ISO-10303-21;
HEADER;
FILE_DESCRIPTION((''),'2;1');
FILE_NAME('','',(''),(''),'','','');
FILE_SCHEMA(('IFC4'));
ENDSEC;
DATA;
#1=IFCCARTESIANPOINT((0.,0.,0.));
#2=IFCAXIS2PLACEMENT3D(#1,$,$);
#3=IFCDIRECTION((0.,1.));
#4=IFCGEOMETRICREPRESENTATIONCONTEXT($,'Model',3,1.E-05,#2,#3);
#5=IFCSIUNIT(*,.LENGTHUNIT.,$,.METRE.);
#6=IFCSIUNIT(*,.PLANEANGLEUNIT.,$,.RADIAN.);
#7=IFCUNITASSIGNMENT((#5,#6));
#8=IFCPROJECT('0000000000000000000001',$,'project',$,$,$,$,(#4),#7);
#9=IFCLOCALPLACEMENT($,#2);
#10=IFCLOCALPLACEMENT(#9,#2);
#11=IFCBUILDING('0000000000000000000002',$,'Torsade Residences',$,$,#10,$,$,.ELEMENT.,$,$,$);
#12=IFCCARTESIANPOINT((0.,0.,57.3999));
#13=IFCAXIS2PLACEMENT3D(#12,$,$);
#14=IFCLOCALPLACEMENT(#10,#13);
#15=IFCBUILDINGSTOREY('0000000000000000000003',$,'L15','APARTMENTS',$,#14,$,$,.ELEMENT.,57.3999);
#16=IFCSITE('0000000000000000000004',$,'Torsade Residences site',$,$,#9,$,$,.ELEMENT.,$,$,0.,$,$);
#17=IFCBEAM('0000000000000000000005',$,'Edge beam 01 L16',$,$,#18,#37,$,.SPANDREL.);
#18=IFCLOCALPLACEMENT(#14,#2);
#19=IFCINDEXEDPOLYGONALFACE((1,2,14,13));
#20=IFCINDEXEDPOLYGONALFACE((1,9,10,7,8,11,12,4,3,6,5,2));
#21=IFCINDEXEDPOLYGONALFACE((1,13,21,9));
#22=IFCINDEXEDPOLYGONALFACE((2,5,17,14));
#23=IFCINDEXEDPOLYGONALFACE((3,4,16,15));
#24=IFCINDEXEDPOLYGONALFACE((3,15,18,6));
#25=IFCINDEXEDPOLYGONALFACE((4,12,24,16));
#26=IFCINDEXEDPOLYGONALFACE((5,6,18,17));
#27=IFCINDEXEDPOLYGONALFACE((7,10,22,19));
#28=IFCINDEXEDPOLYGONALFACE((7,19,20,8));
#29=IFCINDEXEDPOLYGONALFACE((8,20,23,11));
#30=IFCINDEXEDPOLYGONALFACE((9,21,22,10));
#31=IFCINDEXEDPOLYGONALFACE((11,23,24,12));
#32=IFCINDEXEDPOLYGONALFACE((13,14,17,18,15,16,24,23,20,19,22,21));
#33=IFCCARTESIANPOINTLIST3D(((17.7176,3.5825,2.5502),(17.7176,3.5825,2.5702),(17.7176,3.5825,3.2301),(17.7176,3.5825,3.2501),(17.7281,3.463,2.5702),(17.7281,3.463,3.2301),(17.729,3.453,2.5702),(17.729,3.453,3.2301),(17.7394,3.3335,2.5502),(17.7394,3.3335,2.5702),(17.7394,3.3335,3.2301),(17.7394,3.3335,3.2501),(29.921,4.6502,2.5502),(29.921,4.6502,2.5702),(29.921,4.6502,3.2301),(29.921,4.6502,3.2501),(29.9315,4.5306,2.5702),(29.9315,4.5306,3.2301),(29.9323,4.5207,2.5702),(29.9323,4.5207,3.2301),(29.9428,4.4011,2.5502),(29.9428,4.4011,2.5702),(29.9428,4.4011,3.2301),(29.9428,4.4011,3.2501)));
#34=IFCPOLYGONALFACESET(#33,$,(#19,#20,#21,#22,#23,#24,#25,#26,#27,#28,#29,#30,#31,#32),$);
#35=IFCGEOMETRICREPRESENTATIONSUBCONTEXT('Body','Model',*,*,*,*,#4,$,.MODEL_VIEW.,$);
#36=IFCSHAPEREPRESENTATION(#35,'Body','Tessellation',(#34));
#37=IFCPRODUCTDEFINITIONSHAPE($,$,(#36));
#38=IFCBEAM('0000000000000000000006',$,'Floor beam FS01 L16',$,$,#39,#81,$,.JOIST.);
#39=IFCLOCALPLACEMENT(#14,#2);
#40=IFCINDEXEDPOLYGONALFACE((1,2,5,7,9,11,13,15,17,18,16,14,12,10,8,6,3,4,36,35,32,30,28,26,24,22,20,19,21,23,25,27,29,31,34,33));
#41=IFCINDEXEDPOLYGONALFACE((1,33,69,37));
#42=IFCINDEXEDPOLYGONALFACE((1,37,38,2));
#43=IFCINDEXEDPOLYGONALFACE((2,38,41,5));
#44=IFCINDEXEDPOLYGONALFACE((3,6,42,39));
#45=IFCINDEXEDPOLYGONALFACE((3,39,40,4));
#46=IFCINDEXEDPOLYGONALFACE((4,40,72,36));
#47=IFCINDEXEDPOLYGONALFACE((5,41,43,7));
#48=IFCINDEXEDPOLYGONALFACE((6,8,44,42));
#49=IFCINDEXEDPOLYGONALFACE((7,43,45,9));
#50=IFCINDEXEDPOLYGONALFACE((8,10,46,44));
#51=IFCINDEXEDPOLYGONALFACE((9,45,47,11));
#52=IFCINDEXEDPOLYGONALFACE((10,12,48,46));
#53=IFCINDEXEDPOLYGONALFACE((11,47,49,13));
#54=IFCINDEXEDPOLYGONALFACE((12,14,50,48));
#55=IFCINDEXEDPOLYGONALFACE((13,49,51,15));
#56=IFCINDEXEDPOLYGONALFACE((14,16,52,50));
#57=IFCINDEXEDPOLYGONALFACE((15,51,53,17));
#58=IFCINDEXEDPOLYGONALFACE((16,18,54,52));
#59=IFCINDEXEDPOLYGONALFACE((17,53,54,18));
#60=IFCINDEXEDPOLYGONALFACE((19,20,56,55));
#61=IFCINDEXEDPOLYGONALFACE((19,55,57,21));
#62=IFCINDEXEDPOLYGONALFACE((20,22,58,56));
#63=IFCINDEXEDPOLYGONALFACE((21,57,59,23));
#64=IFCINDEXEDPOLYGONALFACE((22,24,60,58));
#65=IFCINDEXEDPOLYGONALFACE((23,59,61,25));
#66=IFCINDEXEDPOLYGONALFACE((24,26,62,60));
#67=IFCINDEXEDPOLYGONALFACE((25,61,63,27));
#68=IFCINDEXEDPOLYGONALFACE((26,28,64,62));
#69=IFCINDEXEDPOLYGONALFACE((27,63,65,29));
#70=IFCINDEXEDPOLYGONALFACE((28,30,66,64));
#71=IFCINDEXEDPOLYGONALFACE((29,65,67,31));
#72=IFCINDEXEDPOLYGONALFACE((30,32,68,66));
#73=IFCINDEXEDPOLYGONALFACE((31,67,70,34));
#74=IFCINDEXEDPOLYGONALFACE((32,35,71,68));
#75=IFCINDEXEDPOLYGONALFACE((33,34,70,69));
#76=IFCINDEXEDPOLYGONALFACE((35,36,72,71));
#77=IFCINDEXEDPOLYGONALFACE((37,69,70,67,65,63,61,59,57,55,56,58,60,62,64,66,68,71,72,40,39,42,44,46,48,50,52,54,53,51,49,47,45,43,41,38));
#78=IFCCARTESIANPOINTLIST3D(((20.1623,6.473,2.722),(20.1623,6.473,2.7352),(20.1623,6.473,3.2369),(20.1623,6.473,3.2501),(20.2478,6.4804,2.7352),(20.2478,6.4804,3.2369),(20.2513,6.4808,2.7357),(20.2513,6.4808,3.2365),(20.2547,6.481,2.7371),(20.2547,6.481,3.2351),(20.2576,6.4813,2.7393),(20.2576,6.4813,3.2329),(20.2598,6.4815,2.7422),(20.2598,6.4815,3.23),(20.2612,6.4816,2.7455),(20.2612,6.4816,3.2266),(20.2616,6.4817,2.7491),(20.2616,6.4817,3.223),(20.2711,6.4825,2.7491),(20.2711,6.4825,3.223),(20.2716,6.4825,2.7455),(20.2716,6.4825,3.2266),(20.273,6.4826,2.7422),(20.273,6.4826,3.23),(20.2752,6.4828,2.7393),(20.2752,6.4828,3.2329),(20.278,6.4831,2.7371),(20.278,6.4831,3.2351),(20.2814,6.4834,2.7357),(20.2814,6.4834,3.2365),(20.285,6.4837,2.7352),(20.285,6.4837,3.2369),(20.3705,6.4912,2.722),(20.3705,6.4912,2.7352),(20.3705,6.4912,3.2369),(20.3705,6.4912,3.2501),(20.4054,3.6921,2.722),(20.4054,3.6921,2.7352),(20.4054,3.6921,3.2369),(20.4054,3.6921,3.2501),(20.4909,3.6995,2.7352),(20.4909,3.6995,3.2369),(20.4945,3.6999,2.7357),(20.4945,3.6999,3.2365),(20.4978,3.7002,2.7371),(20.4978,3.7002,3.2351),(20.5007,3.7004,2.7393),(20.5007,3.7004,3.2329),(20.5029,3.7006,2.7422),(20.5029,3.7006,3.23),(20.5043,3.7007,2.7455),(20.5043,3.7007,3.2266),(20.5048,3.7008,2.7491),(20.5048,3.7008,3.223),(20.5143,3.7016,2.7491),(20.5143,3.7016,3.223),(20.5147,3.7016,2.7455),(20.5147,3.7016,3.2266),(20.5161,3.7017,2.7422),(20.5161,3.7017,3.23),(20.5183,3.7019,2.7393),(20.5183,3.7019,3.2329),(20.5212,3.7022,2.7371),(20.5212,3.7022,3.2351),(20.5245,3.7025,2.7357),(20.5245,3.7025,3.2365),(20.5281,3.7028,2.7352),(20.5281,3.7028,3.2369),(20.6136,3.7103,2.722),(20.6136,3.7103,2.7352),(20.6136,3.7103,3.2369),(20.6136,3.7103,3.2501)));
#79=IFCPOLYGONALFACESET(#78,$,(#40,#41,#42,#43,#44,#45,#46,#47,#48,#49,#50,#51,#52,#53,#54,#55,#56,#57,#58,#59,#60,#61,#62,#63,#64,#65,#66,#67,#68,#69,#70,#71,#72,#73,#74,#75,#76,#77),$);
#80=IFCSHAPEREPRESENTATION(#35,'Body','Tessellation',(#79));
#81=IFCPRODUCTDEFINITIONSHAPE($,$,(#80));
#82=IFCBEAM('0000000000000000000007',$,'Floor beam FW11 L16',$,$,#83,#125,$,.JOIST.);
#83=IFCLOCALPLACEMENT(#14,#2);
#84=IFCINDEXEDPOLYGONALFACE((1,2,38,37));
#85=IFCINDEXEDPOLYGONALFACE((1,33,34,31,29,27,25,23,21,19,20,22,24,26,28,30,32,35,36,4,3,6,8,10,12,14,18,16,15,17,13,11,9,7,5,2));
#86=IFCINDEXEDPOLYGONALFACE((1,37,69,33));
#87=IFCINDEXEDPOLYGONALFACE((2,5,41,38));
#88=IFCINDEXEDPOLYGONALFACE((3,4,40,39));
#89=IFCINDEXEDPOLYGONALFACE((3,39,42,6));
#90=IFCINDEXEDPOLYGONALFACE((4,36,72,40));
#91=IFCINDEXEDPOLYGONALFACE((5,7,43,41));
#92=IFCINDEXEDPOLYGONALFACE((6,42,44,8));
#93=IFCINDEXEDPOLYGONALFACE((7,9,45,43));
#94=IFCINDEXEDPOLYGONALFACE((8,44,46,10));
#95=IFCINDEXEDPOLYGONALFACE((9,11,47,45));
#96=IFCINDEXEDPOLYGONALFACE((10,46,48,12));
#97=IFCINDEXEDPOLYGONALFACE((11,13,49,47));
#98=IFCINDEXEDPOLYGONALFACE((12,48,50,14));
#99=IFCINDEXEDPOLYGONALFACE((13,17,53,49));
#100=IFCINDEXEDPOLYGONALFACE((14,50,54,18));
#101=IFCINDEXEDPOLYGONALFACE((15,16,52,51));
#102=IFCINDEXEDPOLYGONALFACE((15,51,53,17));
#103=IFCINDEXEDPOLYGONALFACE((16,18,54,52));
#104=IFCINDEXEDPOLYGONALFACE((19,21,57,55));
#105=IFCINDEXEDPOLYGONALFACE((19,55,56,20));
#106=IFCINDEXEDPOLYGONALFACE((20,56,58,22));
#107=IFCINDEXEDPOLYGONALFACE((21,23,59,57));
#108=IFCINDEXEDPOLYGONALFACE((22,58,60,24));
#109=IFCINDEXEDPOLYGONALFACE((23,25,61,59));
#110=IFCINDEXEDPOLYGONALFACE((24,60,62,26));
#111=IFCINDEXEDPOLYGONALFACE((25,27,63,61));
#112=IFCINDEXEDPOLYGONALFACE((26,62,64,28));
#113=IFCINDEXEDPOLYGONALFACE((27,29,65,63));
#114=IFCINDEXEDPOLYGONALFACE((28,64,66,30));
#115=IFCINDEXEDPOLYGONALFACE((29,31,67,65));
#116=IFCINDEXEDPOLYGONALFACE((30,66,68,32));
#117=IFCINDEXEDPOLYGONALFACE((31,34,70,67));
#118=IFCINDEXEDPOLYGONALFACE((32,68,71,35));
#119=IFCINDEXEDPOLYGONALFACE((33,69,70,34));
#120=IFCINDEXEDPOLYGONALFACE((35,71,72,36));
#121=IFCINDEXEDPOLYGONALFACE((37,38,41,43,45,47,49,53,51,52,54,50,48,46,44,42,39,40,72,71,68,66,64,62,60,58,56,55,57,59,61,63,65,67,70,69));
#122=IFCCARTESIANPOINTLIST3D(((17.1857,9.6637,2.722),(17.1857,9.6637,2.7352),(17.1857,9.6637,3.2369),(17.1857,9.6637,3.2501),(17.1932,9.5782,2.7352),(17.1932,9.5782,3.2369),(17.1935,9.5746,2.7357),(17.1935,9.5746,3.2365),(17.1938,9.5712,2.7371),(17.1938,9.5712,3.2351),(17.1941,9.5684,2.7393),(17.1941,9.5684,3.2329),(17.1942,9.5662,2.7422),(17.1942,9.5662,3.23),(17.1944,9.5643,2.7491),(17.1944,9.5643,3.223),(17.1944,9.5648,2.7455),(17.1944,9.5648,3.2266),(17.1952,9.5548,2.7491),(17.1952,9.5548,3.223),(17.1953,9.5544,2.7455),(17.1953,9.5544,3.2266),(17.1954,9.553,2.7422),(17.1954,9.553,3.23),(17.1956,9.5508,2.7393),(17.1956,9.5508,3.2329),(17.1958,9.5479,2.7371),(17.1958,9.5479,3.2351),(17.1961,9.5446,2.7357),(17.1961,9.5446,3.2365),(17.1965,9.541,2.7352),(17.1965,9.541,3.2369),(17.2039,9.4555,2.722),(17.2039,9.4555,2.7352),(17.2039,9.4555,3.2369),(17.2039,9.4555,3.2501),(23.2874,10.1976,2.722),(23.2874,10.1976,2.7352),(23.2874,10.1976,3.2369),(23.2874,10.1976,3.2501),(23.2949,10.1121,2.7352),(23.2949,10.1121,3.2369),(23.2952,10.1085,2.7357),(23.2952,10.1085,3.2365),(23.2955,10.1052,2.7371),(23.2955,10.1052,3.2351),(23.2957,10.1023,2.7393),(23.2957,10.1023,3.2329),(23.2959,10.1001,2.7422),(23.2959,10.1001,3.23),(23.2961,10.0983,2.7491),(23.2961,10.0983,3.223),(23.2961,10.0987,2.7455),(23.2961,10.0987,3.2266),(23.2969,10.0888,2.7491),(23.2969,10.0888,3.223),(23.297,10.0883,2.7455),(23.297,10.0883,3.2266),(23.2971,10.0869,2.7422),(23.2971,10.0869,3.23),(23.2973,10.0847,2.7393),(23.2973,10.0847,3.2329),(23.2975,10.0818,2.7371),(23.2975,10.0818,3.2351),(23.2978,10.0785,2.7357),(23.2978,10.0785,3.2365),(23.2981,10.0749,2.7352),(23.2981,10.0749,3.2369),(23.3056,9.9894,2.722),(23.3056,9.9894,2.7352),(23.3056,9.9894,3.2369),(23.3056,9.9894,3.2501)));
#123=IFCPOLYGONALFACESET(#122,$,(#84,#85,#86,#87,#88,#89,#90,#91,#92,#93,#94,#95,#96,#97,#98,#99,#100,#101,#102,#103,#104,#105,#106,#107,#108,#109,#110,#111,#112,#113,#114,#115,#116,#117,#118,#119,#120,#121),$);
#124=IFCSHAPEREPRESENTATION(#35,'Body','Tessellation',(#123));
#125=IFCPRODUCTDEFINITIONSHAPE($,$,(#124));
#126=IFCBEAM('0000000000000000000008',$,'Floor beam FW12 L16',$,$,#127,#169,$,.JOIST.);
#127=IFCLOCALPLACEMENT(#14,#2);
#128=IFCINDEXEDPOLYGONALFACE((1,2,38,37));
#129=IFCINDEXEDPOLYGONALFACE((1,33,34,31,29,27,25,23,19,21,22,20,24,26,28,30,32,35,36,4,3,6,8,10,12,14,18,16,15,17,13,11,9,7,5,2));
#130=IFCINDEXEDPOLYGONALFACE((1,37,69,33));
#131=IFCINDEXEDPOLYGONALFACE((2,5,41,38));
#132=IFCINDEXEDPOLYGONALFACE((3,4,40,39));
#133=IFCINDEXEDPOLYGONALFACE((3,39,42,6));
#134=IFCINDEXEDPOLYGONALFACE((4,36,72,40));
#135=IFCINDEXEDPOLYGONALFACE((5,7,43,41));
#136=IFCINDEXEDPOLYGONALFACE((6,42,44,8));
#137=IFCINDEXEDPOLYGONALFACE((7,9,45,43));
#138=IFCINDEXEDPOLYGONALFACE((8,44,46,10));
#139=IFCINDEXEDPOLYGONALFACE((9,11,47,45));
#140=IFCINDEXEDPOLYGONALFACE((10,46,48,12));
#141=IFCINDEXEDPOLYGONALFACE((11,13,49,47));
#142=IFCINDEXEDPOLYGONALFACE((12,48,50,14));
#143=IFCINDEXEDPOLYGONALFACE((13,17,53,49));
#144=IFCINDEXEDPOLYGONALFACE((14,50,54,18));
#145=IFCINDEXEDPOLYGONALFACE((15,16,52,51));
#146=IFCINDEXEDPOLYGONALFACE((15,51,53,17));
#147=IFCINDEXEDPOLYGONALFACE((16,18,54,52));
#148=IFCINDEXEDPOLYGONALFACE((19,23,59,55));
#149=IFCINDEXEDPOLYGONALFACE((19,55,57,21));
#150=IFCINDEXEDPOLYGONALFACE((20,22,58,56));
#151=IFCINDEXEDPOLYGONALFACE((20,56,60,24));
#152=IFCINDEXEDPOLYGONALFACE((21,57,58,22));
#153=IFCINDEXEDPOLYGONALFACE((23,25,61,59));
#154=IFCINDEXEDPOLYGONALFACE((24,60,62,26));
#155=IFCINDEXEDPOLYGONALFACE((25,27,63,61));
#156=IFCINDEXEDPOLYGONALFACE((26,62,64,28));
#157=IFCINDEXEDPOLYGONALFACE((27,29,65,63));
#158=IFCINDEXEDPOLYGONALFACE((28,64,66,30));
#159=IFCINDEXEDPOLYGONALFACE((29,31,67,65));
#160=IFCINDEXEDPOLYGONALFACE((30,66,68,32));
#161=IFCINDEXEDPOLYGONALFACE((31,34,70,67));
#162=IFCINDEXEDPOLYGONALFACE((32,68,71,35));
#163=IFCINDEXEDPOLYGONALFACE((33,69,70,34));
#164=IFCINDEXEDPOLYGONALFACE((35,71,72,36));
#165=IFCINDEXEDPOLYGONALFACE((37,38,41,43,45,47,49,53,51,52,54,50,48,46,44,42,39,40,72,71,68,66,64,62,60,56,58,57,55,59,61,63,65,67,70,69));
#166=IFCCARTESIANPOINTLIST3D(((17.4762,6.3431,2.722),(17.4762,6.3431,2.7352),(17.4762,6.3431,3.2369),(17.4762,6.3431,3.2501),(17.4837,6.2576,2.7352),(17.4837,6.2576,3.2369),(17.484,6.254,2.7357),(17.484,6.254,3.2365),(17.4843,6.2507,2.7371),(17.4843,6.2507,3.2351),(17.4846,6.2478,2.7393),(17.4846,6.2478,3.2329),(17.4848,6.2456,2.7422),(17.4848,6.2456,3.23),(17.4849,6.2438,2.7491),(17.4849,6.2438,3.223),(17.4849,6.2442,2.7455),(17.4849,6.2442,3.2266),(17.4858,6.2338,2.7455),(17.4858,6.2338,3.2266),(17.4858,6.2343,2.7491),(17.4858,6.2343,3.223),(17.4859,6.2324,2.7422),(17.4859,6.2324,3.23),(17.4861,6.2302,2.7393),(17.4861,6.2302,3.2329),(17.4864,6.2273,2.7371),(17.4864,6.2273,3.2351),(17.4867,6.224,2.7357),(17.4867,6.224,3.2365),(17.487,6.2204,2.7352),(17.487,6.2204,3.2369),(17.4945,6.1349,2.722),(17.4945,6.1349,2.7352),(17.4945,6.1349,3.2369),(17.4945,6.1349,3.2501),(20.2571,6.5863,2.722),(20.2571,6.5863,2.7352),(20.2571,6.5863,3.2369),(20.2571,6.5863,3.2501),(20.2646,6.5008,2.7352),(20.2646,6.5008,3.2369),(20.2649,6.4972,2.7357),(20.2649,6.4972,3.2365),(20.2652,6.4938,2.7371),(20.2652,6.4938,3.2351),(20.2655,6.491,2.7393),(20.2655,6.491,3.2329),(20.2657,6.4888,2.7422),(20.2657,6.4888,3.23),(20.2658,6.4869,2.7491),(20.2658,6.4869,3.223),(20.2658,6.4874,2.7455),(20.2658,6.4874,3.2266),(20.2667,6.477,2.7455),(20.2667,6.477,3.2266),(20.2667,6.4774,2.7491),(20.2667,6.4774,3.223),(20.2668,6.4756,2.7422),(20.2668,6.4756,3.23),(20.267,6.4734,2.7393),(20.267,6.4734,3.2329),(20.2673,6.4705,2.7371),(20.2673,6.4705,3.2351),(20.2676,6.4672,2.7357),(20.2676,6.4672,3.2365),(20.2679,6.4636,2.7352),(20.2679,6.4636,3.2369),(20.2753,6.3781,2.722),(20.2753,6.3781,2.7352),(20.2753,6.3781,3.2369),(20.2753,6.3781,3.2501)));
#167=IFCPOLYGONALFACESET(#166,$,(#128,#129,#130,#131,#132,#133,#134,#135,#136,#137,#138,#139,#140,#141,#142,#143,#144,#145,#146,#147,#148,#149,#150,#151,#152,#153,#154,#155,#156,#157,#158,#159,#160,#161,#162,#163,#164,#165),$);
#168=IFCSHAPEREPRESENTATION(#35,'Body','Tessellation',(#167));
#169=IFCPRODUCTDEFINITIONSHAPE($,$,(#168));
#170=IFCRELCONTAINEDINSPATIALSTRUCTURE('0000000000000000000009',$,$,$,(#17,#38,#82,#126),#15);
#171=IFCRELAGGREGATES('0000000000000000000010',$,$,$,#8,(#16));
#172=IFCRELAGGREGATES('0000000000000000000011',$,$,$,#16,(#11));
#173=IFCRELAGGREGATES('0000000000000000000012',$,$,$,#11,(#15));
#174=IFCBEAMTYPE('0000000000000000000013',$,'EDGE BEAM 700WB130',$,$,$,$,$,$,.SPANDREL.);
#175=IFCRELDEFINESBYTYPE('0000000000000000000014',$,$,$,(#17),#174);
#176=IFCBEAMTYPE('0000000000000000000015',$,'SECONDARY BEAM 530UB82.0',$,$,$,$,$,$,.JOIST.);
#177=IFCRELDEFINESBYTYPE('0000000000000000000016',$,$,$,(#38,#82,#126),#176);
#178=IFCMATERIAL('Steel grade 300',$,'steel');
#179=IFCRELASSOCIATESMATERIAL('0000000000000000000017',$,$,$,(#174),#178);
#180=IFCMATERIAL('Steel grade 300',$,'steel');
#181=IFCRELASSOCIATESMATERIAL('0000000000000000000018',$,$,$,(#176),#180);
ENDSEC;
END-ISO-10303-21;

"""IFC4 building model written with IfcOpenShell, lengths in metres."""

from ifc_helpers import new_model, si_unit, direction, frame, origin, origin_2d, place, context, subcontext, project, spatial, i_section, extrude, material, material_profile, profile_set, type_object, element, save


model = new_model("IFC4")

# Units and contexts
model_context = context("Model", 3, precision=1e-05, world=origin(), true_north=direction((0.0, 1.0)))
body_context = subcontext(model_context, "Body", "Model", "MODEL_VIEW")
ifc_project = project(units=[si_unit("LENGTHUNIT", "METRE"), si_unit("PLANEANGLEUNIT", "RADIAN")], contexts=[model_context])

# Site, building, storey
site_placement = place(None, origin())
site = spatial("IfcSite", under=ifc_project, at=site_placement, Name="Torsade Residences site", CompositionType="ELEMENT", RefElevation=0.0)
building_placement = place(site_placement, origin())
building = spatial("IfcBuilding", under=site, at=building_placement, Name="Torsade Residences", CompositionType="ELEMENT")
storey_placement = place(building_placement, frame((0.0, 0.0, 57.3999)))
storey = spatial("IfcBuildingStorey", under=building, at=storey_placement, Name="L15", Description="APARTMENTS", CompositionType="ELEMENT", Elevation=57.3999)

# Beams
ifc_material_1 = material(Name="Steel grade 300", Category="steel")
ifc_material_profile_1 = material_profile(ifc_material_1, i_section(OverallWidth=0.25, OverallDepth=0.7, WebThickness=0.01, FlangeThickness=0.02, at=origin_2d()), Name="700WB130")
ifc_profile_set_1 = profile_set([ifc_material_profile_1], Name="Steel grade 300")
beam_type_1 = type_object("IfcBeamType", Name="EDGE BEAM 700WB130", PredefinedType="SPANDREL", material=ifc_profile_set_1)
beam_1_placement = place(storey_placement, frame((17.7285, 3.458, 2.9001), z_axis=(0.996195, 0.087153, 0.0), x_axis=(-0.087153, 0.996195, 0.0)))
element("IfcBeam", 1, at=beam_1_placement, inside=storey, type_object=beam_type_1, Name="Edge beam 01 L16", PredefinedType="SPANDREL", context=body_context, shape_type="SweptSolid", body=[
    extrude(i_section(OverallWidth=0.25, OverallDepth=0.7, WebThickness=0.01, FlangeThickness=0.02, at=origin_2d()), origin(), (0.0, 0.0, 1.0), 12.25),
])
ifc_material_2 = material(Name="Steel grade 300", Category="steel")
ifc_material_profile_2 = material_profile(ifc_material_2, i_section(OverallWidth=0.209, OverallDepth=0.5281, WebThickness=0.0095, FlangeThickness=0.0132, FilletRadius=0.0139, at=origin_2d()), Name="530UB82.0")
ifc_profile_set_2 = profile_set([ifc_material_profile_2], Name="Steel grade 300")
beam_type_2 = type_object("IfcBeamType", Name="SECONDARY BEAM 530UB82.0", PredefinedType="JOIST", material=ifc_profile_set_2)
beam_2_placement = place(storey_placement, frame((20.5095, 3.7012, 2.9861), z_axis=(-0.087105, 0.996199, 0.0), x_axis=(-0.996199, -0.087105, 0.0)))
element("IfcBeam", 2, at=beam_2_placement, inside=storey, type_object=beam_type_2, Name="Floor beam FS01 L16", PredefinedType="JOIST", context=body_context, shape_type="SweptSolid", body=[
    extrude(i_section(OverallWidth=0.209, OverallDepth=0.5281, WebThickness=0.0095, FlangeThickness=0.0132, FilletRadius=0.0139, at=origin_2d()), origin(), (0.0, 0.0, 1.0), 2.7915),
])
beam_3_placement = place(storey_placement, frame((17.1948, 9.5596, 2.9861), z_axis=(0.996193, 0.087175, 0.0), x_axis=(-0.087175, 0.996193, 0.0)))
element("IfcBeam", 3, at=beam_3_placement, inside=storey, type_object=beam_type_2, Name="Floor beam FW11 L16", PredefinedType="JOIST", context=body_context, shape_type="SweptSolid", body=[
    extrude(i_section(OverallWidth=0.209, OverallDepth=0.5281, WebThickness=0.0095, FlangeThickness=0.0132, FilletRadius=0.0139, at=origin_2d()), origin(), (0.0, 0.0, 1.0), 6.125),
])
beam_4_placement = place(storey_placement, frame((17.4854, 6.239, 2.9861), z_axis=(0.996199, 0.087105, 0.0), x_axis=(-0.087105, 0.996199, 0.0)))
element("IfcBeam", 4, at=beam_4_placement, inside=storey, type_object=beam_type_2, Name="Floor beam FW12 L16", PredefinedType="JOIST", context=body_context, shape_type="SweptSolid", body=[
    extrude(i_section(OverallWidth=0.209, OverallDepth=0.5281, WebThickness=0.0095, FlangeThickness=0.0132, FilletRadius=0.0139, at=origin_2d()), origin(), (0.0, 0.0, 1.0), 2.7915),
])

save(model, "model.ifc")
